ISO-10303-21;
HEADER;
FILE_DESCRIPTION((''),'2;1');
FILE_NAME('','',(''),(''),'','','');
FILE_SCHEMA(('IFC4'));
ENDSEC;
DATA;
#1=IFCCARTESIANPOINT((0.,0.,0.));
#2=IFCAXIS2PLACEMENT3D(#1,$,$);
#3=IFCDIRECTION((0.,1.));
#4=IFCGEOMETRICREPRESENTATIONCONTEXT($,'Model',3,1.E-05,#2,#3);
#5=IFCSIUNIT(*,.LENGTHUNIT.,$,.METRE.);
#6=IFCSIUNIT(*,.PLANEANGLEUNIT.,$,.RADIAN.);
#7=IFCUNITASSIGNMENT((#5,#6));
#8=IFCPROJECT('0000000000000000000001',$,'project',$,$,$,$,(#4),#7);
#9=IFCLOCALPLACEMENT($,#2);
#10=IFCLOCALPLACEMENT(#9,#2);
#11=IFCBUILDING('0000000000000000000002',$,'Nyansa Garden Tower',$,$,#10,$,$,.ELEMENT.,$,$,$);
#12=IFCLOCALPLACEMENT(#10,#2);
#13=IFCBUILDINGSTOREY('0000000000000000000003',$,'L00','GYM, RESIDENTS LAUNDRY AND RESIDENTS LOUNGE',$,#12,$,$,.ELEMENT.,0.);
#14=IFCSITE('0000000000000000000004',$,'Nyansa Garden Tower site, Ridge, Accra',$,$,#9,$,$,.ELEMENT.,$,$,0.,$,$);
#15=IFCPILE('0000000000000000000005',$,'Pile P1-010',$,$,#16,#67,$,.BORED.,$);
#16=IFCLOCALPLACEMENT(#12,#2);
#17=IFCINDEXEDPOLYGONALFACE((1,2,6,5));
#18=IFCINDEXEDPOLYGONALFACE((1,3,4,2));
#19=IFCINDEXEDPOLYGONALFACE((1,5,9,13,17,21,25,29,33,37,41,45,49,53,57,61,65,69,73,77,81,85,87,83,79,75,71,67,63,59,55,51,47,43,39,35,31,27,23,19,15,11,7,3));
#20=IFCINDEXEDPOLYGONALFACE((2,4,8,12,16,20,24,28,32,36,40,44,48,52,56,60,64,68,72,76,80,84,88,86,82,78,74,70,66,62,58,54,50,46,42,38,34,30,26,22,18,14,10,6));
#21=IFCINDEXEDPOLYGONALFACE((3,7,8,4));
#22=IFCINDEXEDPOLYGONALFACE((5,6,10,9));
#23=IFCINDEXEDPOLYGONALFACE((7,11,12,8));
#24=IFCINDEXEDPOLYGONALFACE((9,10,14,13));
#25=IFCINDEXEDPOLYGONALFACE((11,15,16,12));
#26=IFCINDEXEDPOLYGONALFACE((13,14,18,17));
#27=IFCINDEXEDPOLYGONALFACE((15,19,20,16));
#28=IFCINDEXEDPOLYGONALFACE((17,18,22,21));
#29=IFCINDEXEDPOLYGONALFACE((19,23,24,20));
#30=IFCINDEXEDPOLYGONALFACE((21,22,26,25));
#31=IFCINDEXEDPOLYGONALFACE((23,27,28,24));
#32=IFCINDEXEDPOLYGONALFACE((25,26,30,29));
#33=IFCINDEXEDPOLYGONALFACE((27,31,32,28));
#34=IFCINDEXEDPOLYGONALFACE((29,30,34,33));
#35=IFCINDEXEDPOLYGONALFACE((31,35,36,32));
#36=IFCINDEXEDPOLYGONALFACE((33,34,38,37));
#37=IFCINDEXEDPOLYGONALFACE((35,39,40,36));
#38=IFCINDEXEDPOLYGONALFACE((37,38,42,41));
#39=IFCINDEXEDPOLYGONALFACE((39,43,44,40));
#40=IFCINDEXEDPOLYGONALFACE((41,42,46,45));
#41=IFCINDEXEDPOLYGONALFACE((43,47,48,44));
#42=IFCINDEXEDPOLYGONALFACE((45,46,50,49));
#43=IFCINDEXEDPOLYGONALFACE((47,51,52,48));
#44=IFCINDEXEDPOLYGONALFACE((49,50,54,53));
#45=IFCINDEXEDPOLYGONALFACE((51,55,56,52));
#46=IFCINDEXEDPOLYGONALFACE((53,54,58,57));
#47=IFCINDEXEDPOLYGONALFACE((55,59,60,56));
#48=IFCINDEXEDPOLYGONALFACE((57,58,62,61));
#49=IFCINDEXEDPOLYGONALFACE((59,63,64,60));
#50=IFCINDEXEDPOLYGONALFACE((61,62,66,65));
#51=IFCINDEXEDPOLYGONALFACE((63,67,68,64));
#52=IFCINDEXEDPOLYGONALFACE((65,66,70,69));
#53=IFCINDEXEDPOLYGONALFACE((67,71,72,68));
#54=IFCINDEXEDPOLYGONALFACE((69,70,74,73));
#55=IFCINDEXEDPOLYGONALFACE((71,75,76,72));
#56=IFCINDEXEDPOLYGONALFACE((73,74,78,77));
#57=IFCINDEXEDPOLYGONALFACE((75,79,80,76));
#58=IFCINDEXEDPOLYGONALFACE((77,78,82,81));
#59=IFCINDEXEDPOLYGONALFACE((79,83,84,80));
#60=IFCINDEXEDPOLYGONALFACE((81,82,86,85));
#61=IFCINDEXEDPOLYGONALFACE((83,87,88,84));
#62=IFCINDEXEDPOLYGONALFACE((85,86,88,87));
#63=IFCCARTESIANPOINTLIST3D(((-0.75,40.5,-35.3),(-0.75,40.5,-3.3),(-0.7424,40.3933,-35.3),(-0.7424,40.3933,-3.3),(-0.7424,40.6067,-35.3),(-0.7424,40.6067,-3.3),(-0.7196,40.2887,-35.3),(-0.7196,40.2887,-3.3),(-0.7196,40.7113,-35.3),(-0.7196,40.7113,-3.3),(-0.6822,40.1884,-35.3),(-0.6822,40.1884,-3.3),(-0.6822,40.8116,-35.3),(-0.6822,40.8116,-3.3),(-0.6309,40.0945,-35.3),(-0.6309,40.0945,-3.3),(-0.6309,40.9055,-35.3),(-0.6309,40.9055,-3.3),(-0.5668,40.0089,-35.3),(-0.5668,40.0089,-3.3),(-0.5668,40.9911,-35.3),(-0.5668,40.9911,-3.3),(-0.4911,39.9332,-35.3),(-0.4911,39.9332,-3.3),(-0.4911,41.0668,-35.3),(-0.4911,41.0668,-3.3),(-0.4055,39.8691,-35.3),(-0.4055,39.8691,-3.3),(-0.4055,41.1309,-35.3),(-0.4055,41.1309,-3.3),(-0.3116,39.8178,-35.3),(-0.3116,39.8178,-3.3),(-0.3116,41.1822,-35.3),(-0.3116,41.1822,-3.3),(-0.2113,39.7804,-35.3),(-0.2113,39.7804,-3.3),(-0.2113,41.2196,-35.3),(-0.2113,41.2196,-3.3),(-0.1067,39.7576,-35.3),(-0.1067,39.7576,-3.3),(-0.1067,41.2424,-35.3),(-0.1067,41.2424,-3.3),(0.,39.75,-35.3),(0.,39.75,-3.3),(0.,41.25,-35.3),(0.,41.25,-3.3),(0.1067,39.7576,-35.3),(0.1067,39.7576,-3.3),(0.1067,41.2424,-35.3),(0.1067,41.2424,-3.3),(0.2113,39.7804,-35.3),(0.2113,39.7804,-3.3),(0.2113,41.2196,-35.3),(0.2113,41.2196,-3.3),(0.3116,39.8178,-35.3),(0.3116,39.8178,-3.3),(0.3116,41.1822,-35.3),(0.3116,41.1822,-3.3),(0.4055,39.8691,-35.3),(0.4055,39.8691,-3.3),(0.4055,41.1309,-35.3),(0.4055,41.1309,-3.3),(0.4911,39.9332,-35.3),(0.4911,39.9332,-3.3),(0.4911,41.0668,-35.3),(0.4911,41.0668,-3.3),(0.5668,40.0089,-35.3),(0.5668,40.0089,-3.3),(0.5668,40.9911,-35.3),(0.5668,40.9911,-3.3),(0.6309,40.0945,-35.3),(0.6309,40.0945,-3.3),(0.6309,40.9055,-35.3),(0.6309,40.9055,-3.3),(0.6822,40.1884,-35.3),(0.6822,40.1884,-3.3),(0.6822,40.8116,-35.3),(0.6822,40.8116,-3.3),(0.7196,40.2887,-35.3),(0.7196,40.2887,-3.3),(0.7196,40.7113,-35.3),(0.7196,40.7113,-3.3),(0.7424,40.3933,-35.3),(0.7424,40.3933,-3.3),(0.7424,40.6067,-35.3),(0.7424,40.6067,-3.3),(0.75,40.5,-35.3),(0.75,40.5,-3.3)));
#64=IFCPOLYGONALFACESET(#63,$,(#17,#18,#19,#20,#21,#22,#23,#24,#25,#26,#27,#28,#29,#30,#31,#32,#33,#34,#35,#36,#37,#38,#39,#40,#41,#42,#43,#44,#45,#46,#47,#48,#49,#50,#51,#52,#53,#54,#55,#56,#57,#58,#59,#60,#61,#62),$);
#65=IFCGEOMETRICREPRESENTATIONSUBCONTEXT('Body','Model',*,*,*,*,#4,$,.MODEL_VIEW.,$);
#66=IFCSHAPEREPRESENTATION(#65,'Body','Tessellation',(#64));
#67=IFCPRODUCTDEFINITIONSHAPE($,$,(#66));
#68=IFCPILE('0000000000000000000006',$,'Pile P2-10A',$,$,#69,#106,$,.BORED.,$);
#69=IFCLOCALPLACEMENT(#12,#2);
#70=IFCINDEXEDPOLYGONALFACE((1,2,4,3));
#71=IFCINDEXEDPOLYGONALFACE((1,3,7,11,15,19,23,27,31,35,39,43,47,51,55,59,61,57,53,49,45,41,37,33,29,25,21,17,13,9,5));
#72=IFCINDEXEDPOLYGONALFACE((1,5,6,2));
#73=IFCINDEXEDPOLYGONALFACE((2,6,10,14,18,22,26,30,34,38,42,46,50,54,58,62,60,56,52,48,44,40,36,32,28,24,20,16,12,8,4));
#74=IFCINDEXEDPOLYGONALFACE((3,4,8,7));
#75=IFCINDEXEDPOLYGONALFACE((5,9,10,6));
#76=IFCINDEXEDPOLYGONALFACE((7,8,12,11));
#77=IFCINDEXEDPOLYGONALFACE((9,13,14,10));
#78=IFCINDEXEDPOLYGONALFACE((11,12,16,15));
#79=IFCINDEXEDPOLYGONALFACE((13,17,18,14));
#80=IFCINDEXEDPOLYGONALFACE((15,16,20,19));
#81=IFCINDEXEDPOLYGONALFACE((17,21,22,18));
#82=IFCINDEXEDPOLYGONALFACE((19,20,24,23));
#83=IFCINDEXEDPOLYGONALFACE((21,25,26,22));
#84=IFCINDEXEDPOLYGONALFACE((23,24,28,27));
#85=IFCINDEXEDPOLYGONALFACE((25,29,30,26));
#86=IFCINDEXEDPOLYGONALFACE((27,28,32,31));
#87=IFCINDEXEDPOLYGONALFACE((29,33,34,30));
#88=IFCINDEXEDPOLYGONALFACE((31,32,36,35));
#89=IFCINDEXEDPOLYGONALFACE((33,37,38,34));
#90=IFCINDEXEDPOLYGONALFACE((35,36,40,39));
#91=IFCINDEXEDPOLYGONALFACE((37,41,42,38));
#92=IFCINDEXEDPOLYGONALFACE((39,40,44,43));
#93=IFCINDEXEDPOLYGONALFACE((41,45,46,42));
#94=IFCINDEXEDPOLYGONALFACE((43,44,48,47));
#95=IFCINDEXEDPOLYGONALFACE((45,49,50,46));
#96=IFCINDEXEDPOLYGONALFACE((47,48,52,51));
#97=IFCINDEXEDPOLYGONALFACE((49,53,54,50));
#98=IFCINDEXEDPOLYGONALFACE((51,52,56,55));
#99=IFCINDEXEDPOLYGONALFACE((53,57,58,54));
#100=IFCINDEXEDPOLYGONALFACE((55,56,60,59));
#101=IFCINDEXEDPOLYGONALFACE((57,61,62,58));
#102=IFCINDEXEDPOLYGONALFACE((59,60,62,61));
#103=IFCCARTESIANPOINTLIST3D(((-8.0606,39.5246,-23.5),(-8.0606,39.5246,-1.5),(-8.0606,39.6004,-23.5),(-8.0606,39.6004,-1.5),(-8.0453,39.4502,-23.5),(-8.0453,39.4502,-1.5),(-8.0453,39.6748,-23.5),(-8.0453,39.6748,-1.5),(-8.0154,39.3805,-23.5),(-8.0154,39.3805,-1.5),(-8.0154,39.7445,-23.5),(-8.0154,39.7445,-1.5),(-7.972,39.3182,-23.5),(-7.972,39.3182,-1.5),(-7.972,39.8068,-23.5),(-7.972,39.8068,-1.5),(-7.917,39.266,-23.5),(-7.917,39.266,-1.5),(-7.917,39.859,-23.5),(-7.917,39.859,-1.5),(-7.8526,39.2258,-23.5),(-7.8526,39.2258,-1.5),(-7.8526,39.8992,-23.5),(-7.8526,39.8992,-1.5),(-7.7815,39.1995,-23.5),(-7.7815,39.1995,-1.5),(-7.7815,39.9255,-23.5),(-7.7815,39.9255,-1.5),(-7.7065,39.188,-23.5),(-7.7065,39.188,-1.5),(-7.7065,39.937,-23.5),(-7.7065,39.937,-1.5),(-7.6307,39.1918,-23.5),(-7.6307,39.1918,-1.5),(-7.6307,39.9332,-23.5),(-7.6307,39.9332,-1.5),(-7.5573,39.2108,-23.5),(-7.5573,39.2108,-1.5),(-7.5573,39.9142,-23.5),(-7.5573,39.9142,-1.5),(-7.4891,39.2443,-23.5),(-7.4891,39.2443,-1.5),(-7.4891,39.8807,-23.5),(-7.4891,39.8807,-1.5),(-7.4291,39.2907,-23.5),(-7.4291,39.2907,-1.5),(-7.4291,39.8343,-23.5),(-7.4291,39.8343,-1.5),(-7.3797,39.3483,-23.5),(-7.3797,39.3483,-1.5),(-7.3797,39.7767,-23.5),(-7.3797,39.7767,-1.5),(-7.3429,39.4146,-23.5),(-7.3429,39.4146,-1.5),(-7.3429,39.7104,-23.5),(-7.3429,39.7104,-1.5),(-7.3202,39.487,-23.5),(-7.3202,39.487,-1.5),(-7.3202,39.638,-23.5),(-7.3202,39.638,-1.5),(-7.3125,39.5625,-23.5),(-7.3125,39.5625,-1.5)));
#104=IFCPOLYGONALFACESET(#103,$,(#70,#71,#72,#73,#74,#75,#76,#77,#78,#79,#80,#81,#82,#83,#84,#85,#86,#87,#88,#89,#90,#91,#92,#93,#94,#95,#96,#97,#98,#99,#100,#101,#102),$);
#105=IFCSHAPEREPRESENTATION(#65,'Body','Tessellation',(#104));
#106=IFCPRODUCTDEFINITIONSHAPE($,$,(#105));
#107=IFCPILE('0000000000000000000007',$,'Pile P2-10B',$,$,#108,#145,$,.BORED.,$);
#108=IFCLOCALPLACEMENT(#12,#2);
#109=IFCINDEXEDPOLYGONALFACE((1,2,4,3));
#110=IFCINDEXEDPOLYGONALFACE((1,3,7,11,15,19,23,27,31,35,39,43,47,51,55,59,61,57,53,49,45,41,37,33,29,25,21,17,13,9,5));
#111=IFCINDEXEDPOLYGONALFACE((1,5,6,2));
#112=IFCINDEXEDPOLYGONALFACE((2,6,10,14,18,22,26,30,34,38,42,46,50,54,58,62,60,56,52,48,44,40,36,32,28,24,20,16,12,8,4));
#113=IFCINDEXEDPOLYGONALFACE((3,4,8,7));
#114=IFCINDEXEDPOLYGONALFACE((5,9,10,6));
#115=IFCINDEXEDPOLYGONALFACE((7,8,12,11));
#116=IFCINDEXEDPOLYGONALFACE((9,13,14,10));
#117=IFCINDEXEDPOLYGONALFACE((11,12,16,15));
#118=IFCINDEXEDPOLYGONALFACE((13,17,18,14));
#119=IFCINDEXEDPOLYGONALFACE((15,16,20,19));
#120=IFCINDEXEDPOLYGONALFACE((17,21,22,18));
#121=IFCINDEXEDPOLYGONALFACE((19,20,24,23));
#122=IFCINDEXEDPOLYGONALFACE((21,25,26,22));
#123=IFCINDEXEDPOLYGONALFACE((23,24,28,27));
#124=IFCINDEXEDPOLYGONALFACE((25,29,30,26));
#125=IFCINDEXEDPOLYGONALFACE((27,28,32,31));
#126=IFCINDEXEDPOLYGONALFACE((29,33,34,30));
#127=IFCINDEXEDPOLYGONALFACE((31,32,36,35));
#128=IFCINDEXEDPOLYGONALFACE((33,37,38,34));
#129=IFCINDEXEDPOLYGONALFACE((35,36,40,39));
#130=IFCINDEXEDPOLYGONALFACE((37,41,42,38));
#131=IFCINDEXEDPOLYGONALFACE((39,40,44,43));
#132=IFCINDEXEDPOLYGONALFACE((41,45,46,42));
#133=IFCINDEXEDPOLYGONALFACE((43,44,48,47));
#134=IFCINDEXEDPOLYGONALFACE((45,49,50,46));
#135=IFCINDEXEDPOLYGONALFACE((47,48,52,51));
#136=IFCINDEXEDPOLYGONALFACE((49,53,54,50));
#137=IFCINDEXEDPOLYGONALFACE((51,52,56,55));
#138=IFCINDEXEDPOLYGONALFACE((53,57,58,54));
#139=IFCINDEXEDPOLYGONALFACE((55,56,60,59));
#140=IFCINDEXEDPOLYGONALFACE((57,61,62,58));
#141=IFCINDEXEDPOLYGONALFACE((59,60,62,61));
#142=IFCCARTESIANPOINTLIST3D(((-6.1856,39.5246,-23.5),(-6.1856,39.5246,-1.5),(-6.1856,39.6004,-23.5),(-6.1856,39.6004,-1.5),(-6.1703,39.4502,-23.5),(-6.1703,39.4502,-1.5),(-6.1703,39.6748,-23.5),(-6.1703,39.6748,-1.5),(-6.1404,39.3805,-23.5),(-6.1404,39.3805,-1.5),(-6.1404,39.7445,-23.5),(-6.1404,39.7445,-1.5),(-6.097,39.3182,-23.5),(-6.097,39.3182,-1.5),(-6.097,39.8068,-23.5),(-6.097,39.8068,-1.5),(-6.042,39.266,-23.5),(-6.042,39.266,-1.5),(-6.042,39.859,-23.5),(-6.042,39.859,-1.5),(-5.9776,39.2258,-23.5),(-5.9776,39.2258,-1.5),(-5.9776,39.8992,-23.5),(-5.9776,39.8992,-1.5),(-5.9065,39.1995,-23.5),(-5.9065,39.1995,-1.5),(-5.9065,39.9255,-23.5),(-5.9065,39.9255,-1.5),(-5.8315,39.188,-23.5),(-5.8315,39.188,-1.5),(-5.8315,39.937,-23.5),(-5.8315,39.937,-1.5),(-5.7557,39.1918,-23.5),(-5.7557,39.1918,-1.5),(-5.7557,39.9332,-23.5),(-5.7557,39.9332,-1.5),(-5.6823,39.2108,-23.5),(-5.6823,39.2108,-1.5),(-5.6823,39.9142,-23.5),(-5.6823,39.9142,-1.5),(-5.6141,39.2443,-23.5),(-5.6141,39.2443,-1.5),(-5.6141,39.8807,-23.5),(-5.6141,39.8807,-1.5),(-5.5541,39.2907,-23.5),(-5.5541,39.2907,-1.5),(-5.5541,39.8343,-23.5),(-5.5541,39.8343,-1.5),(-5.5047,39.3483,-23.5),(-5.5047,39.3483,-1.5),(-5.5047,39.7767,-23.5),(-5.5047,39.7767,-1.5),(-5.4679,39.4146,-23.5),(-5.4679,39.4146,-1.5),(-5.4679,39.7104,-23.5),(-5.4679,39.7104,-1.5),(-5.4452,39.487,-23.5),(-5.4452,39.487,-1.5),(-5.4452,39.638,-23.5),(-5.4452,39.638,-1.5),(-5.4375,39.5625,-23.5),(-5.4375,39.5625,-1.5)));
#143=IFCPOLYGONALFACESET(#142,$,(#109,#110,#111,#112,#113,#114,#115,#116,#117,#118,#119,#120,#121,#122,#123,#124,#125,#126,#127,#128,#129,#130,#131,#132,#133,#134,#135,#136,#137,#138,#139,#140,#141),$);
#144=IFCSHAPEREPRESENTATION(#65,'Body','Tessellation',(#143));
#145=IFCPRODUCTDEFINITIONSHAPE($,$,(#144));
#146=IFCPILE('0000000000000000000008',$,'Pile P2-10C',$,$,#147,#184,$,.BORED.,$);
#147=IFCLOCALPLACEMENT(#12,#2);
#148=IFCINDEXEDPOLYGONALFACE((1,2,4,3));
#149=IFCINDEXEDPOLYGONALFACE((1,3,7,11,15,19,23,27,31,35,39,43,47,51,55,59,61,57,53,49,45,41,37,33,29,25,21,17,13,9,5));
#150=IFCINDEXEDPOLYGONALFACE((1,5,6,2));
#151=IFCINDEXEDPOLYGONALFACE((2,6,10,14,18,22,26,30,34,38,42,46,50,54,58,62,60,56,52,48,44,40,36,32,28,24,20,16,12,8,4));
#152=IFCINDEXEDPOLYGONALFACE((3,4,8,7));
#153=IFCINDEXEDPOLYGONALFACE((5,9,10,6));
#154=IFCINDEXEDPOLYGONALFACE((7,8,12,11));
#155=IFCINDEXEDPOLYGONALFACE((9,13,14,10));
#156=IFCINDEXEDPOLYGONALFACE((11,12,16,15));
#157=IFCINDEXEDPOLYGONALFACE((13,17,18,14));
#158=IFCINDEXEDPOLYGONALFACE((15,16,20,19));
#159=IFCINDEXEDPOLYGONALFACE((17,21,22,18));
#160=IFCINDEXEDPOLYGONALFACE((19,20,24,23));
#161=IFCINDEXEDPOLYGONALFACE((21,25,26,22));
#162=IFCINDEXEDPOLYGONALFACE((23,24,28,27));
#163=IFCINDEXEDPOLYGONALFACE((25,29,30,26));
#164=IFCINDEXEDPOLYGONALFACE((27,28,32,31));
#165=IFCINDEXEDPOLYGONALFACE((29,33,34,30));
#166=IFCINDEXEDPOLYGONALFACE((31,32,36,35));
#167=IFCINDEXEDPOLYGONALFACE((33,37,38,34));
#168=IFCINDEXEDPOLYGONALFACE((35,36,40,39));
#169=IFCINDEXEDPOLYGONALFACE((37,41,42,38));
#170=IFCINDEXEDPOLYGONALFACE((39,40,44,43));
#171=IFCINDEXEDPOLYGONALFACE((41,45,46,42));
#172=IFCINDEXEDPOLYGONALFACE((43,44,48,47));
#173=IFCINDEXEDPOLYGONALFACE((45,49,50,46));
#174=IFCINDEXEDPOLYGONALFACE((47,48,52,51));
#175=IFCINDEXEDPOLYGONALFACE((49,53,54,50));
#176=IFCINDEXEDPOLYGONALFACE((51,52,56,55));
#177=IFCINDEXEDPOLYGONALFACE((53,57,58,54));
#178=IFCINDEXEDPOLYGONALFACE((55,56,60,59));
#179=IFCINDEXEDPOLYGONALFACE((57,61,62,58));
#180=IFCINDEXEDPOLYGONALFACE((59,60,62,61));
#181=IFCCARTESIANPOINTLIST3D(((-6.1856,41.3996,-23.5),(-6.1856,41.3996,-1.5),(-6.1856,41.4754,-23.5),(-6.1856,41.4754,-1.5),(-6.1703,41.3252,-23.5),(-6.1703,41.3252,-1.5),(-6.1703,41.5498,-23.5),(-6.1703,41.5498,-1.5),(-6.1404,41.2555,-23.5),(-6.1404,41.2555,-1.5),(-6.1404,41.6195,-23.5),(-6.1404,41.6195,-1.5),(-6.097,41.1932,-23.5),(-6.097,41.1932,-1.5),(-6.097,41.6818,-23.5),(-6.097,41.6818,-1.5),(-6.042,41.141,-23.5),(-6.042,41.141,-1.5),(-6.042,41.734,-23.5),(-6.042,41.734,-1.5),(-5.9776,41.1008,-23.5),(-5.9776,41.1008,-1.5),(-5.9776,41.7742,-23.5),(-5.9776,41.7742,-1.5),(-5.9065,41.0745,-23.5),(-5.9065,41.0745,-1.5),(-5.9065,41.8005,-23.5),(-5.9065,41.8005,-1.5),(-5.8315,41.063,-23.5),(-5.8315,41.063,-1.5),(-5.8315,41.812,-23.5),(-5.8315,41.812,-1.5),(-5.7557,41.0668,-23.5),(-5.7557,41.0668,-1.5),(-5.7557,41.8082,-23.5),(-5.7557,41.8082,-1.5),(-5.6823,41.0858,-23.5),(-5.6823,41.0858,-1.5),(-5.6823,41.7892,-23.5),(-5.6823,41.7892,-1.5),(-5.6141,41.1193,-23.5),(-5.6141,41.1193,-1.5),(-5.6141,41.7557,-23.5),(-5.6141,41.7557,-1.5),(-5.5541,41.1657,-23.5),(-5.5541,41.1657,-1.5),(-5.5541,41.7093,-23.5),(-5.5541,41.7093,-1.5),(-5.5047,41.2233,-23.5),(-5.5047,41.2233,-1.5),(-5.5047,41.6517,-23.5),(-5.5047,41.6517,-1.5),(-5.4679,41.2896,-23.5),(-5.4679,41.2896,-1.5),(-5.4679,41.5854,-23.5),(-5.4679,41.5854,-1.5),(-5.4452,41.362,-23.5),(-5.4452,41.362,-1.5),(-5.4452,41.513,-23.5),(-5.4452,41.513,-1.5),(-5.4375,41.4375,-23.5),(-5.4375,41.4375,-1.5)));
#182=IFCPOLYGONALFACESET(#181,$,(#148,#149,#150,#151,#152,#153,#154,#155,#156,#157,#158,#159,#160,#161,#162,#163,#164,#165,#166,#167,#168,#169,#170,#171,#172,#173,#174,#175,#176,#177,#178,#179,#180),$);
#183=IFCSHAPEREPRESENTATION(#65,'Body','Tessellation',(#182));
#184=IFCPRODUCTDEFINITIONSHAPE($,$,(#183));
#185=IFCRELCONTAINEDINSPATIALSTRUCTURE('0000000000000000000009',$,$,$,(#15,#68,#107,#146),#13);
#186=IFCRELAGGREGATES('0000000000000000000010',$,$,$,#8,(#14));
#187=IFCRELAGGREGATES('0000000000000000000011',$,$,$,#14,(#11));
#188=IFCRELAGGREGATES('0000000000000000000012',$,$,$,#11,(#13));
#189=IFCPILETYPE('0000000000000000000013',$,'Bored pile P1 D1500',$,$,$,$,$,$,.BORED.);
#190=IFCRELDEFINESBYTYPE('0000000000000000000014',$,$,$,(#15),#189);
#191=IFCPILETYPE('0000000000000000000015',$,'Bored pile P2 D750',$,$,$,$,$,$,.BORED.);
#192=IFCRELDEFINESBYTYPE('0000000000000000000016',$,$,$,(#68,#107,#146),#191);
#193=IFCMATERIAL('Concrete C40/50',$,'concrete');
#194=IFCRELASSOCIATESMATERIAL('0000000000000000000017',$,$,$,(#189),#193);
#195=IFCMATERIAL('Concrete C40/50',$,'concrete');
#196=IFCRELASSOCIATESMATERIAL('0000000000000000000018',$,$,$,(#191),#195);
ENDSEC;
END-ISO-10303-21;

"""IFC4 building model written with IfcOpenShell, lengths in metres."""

from ifc_helpers import new_model, si_unit, direction, frame, origin, origin_2d, place, context, subcontext, project, spatial, circle, extrude, material, type_object, element, save


model = new_model("IFC4")

# Units and contexts
model_context = context("Model", 3, precision=1e-05, world=origin(), true_north=direction((0.0, 1.0)))
body_context = subcontext(model_context, "Body", "Model", "MODEL_VIEW")
ifc_project = project(units=[si_unit("LENGTHUNIT", "METRE"), si_unit("PLANEANGLEUNIT", "RADIAN")], contexts=[model_context])

# Site, building, storey
site_placement = place(None, origin())
site = spatial("IfcSite", under=ifc_project, at=site_placement, Name="Nyansa Garden Tower site, Ridge, Accra", CompositionType="ELEMENT", RefElevation=0.0)
building_placement = place(site_placement, origin())
building = spatial("IfcBuilding", under=site, at=building_placement, Name="Nyansa Garden Tower", CompositionType="ELEMENT")
storey_placement = place(building_placement, origin())
storey = spatial("IfcBuildingStorey", under=building, at=storey_placement, Name="L00", Description="GYM, RESIDENTS LAUNDRY AND RESIDENTS LOUNGE", CompositionType="ELEMENT", Elevation=0.0)

# Piles
ifc_material_1 = material(Name="Concrete C40/50", Category="concrete")
pile_type_1 = type_object("IfcPileType", Name="Bored pile P1 D1500", PredefinedType="BORED", material=ifc_material_1)
pile_placement = place(storey_placement, frame((0.0, 40.5, -3.3), z_axis=(0.0, 0.0, -1.0), x_axis=(1.0, 0.0, 0.0)))
element("IfcPile", 1, at=pile_placement, inside=storey, type_object=pile_type_1, Name="Pile P1-010", PredefinedType="BORED", context=body_context, shape_type="SweptSolid", body=[
    extrude(circle(Radius=0.75, at=origin_2d()), origin(), (0.0, 0.0, 1.0), 32.0),
])
ifc_material_2 = material(Name="Concrete C40/50", Category="concrete")
pile_type_2 = type_object("IfcPileType", Name="Bored pile P2 D750", PredefinedType="BORED", material=ifc_material_2)
for number, where, z_axis, x_axis, name in (
    (2, (-7.6875, 39.5625, -1.5), (0.0, 0.0, -1.0), (1.0, 0.0, 0.0), "Pile P2-10A"),
    (3, (-5.8125, 39.5625, -1.5), (0.0, 0.0, -1.0), (1.0, 0.0, 0.0), "Pile P2-10B"),
    (4, (-5.8125, 41.4375, -1.5), (0.0, 0.0, -1.0), (1.0, 0.0, 0.0), "Pile P2-10C"),
):
    element("IfcPile", number, at=place(storey_placement, frame(where, z_axis=z_axis, x_axis=x_axis)), inside=storey, type_object=pile_type_2, Name=name, PredefinedType="BORED", context=body_context, shape_type="SweptSolid", body=[
        extrude(circle(Radius=0.375, at=origin_2d()), origin(), (0.0, 0.0, 1.0), 22.0),
    ])

save(model, "model.ifc")
